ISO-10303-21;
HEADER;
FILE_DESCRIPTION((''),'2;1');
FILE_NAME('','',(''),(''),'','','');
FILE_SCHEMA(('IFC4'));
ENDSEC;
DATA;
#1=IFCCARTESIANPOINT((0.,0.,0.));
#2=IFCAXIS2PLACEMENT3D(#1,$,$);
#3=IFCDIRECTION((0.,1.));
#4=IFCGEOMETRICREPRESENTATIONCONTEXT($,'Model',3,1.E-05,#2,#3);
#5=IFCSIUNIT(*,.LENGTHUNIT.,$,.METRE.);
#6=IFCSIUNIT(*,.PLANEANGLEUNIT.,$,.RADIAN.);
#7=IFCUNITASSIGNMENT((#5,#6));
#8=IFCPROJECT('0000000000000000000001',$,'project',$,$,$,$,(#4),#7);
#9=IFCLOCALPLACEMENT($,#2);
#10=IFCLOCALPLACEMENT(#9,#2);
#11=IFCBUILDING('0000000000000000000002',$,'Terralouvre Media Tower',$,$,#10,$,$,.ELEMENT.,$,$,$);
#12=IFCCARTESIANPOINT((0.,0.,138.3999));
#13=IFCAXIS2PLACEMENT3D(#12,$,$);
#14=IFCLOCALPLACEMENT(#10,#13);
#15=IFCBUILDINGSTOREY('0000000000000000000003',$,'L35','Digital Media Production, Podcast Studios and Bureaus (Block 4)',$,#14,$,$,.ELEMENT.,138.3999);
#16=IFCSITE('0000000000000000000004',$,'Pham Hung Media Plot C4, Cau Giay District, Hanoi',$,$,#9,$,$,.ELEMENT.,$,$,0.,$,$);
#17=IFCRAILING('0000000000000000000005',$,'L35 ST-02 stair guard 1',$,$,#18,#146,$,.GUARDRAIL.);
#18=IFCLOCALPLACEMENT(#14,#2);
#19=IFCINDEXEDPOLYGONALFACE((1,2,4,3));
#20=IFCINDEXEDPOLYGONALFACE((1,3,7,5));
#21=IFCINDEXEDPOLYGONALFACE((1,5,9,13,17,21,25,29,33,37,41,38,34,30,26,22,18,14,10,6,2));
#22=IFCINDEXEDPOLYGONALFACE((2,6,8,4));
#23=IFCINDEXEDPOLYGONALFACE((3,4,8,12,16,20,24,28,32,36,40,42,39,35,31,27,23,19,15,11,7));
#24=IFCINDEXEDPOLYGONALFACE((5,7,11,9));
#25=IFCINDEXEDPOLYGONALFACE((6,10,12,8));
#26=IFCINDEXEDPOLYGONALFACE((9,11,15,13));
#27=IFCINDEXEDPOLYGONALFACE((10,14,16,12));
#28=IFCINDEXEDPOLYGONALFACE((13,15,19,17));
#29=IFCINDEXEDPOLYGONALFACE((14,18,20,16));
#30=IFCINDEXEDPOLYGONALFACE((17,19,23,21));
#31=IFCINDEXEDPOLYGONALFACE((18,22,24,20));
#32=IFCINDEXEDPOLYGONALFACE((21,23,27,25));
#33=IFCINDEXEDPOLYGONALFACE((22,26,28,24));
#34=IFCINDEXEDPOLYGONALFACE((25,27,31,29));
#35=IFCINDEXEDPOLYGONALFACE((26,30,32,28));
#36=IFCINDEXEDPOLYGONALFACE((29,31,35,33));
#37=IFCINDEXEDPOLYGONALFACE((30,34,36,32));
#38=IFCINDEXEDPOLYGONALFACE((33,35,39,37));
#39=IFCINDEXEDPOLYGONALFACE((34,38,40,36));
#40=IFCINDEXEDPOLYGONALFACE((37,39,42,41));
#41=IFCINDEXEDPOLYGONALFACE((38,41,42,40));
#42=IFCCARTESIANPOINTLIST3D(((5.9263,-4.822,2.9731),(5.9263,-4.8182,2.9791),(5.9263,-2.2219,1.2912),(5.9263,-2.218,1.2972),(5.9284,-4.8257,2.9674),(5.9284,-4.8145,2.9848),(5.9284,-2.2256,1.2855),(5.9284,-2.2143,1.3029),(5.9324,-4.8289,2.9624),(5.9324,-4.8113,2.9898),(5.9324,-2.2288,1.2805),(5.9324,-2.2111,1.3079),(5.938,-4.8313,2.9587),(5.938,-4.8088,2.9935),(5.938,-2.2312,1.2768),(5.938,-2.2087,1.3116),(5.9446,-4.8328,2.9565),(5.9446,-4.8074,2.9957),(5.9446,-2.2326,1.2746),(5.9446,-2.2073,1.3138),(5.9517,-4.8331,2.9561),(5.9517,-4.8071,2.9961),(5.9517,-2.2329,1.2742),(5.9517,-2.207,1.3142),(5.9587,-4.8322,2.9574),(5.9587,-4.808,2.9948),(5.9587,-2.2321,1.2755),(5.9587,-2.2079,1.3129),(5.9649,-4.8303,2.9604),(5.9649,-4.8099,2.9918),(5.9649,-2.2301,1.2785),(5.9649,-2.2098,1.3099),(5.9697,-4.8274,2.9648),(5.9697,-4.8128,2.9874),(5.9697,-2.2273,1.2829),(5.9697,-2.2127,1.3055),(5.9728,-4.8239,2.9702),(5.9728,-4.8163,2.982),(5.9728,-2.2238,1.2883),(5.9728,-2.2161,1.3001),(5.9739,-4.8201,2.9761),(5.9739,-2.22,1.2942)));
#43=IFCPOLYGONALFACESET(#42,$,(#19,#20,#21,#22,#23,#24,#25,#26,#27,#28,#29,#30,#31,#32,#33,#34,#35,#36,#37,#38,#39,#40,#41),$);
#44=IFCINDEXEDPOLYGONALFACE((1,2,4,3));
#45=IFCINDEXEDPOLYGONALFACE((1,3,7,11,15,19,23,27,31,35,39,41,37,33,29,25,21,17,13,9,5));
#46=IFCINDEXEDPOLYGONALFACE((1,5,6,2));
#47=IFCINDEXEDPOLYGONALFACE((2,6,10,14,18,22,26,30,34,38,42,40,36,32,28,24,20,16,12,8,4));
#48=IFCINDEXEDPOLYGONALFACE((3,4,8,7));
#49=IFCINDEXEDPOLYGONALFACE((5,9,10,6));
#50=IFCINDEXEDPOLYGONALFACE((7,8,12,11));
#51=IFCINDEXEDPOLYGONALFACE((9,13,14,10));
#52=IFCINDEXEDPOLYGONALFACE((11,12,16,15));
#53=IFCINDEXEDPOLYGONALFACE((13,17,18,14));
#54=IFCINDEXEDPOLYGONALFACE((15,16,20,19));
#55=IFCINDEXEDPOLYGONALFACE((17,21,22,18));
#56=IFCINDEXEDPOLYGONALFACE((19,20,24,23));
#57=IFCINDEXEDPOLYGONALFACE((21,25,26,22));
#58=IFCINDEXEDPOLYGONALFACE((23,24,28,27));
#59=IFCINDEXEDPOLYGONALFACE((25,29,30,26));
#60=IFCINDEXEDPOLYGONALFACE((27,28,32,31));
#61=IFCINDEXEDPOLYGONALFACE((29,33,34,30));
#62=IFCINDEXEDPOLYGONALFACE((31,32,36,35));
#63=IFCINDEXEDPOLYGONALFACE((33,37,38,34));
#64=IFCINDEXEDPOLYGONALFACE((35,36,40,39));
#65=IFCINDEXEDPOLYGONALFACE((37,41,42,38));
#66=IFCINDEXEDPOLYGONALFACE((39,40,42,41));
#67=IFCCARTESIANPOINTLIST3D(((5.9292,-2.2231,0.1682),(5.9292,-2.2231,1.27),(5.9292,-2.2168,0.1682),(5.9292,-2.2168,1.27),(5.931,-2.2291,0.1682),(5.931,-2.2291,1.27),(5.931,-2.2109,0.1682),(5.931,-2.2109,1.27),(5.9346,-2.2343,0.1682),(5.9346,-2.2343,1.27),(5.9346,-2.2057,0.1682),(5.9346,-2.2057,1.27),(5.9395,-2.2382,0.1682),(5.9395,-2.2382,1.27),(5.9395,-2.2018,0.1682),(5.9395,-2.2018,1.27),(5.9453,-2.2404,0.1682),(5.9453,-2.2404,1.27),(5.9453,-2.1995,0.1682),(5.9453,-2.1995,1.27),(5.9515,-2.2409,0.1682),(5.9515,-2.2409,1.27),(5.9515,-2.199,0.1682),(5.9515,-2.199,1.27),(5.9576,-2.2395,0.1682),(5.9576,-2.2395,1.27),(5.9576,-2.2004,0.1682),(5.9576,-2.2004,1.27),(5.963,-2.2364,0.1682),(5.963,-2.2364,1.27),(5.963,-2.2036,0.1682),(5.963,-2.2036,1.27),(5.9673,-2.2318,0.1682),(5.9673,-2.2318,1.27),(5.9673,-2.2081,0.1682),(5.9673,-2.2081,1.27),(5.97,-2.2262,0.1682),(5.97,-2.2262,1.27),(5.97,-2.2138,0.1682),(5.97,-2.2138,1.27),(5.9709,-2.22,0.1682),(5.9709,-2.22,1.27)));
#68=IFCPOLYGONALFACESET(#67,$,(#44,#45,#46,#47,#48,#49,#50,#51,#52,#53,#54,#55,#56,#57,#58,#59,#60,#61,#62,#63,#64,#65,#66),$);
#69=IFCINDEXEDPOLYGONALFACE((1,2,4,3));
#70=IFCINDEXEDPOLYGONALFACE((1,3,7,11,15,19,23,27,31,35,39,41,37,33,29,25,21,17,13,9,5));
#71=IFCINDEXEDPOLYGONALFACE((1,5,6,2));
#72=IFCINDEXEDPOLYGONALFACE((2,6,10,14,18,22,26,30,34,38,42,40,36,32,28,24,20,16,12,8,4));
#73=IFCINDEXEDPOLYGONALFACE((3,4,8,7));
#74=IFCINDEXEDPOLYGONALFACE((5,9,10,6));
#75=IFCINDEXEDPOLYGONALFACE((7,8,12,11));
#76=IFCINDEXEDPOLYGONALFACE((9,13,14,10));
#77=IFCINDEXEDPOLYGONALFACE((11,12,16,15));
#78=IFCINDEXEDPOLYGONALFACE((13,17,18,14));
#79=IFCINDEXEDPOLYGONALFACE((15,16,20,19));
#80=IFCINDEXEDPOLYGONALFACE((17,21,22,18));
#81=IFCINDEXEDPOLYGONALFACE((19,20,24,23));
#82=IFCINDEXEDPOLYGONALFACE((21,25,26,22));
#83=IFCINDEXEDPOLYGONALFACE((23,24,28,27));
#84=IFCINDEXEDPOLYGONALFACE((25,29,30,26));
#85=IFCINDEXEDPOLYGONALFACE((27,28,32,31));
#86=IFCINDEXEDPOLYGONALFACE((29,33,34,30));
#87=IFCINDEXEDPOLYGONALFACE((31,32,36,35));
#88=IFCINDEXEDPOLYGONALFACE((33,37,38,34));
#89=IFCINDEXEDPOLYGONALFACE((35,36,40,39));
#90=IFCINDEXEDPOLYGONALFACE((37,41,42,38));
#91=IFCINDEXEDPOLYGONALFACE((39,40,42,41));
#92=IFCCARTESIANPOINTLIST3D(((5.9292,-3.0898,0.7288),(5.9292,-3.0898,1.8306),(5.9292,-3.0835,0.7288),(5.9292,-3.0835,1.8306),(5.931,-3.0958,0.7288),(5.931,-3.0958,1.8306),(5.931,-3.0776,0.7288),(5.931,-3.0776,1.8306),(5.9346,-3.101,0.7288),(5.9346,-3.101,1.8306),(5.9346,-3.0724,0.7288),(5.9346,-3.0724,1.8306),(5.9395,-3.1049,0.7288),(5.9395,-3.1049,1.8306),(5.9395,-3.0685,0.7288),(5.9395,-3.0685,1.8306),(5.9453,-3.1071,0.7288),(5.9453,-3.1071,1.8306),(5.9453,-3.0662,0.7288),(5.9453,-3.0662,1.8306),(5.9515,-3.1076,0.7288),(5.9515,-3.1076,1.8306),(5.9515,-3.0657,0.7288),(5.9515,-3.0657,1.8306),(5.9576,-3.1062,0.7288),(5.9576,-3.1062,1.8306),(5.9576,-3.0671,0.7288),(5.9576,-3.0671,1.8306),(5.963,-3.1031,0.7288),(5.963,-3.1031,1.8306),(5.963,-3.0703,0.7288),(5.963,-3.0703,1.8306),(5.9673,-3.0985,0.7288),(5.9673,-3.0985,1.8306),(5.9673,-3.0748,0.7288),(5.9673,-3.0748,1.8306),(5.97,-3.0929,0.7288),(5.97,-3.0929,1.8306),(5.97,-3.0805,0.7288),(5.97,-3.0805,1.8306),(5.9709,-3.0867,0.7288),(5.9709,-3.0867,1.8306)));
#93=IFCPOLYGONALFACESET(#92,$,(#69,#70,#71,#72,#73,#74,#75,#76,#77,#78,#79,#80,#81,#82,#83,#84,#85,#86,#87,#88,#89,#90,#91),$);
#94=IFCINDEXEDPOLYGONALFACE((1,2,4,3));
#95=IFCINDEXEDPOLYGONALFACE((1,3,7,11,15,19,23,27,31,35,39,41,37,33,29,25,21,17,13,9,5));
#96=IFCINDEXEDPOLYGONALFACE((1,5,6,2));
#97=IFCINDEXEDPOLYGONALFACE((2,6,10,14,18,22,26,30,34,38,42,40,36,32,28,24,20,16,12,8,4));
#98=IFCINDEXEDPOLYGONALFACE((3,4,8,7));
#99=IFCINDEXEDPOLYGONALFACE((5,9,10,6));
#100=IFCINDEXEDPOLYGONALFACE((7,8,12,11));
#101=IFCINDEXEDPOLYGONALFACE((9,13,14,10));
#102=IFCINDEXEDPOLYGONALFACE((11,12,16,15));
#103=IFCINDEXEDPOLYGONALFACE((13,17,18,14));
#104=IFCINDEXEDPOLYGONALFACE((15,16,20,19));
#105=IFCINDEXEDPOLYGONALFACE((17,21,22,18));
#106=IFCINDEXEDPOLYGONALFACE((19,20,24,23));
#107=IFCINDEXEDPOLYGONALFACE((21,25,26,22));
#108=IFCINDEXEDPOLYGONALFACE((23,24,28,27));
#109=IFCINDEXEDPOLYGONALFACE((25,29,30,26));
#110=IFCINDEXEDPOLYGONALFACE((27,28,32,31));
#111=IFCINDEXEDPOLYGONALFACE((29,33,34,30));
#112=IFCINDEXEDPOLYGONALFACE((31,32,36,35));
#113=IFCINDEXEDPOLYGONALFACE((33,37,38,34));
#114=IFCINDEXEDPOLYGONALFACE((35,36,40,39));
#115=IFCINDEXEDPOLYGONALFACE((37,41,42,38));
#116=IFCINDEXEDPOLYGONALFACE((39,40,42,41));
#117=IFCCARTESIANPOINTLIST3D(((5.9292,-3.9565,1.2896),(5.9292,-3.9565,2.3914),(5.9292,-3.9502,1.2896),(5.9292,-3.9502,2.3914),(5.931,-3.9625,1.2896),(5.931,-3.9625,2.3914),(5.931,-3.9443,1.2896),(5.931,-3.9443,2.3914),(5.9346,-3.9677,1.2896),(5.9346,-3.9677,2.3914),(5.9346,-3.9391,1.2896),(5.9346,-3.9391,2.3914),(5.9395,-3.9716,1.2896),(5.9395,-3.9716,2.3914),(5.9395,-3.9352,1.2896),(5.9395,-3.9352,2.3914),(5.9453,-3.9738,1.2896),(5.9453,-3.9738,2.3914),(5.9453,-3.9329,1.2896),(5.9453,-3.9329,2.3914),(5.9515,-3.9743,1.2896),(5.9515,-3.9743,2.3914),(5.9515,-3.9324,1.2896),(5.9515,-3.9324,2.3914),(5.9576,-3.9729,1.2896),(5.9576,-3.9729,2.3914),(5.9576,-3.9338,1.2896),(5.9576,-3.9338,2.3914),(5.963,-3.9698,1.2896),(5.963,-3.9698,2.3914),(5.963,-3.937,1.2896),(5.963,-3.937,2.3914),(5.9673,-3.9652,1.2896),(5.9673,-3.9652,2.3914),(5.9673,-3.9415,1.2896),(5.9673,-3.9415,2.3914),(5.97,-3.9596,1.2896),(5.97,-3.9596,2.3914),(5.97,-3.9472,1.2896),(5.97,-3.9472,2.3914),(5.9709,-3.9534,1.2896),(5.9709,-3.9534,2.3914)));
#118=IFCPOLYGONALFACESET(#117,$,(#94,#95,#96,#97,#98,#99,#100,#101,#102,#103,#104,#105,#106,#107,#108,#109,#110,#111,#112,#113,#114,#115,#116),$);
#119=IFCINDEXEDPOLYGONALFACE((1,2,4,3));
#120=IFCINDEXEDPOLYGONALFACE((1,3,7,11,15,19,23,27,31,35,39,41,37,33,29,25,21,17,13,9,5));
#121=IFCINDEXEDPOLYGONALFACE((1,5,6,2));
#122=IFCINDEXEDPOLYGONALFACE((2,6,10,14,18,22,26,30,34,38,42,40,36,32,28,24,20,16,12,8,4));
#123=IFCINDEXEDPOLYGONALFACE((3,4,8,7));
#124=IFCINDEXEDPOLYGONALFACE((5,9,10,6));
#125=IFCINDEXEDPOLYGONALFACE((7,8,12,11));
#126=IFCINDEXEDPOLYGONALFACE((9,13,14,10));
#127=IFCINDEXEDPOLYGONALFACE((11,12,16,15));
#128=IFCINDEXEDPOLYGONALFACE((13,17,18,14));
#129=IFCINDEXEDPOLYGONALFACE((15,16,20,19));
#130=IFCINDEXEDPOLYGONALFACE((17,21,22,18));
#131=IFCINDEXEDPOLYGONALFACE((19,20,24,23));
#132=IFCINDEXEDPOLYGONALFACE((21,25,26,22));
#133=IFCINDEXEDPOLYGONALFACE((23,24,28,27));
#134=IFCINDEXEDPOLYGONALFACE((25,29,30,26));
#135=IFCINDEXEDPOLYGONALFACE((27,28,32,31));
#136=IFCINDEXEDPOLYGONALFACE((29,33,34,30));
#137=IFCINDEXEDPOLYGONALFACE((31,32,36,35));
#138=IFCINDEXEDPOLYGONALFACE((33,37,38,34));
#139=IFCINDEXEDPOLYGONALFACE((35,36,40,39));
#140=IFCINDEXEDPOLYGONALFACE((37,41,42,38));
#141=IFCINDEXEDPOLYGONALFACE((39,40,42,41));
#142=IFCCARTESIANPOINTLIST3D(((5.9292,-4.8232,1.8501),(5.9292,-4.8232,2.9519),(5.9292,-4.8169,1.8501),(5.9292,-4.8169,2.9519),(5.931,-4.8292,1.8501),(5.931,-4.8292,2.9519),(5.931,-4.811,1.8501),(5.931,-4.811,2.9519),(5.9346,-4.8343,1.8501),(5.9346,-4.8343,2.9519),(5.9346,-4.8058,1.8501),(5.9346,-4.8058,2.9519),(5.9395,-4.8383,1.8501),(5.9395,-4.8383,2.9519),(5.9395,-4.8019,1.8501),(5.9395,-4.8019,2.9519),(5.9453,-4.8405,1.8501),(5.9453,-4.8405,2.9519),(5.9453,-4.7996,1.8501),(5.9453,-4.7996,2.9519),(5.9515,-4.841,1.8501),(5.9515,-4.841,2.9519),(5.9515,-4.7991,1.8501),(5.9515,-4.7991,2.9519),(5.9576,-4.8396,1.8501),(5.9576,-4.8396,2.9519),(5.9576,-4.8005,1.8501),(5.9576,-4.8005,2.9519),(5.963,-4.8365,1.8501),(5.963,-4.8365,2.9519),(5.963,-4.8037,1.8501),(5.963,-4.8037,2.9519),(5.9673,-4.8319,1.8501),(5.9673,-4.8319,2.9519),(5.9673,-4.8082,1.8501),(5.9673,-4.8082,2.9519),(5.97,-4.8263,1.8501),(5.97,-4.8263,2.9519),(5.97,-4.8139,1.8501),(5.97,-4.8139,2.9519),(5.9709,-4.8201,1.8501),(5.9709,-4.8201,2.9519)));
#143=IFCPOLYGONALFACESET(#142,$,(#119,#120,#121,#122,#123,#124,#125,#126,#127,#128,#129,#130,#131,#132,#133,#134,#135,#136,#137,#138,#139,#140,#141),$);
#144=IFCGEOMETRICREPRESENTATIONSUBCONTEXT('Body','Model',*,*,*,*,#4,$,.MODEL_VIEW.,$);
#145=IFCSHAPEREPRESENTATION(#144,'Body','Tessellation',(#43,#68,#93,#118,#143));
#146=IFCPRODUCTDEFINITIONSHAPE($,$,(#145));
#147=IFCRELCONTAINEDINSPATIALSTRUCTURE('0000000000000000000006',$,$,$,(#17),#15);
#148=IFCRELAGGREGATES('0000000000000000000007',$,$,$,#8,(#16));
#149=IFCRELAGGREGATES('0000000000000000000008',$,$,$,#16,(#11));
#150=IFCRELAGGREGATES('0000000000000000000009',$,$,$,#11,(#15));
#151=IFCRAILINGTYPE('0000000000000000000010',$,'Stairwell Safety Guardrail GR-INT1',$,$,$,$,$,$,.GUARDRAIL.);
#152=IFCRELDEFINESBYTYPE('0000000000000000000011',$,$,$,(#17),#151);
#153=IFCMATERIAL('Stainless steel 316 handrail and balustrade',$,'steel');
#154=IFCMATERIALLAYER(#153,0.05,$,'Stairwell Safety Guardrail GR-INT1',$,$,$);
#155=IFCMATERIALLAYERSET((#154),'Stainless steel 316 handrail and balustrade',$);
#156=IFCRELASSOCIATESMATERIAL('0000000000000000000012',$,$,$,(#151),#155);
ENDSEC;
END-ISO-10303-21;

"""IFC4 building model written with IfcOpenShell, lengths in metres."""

from ifc_helpers import new_model, si_unit, direction, frame, origin, origin_2d, place, context, subcontext, project, spatial, circle, extrude, material, layer, layer_set, type_object, element, save


model = new_model("IFC4")

# Units and contexts
model_context = context("Model", 3, precision=1e-05, world=origin(), true_north=direction((0.0, 1.0)))
body_context = subcontext(model_context, "Body", "Model", "MODEL_VIEW")
ifc_project = project(units=[si_unit("LENGTHUNIT", "METRE"), si_unit("PLANEANGLEUNIT", "RADIAN")], contexts=[model_context])

# Site, building, storey
site_placement = place(None, origin())
site = spatial("IfcSite", under=ifc_project, at=site_placement, Name="Pham Hung Media Plot C4, Cau Giay District, Hanoi", CompositionType="ELEMENT", RefElevation=0.0)
building_placement = place(site_placement, origin())
building = spatial("IfcBuilding", under=site, at=building_placement, Name="Terralouvre Media Tower", CompositionType="ELEMENT")
storey_placement = place(building_placement, frame((0.0, 0.0, 138.3999)))
storey = spatial("IfcBuildingStorey", under=building, at=storey_placement, Name="L35", Description="Digital Media Production, Podcast Studios and Bureaus (Block 4)", CompositionType="ELEMENT", Elevation=138.3999)

# Railing
ifc_material_1 = material(Name="Stainless steel 316 handrail and balustrade", Category="steel")
ifc_layer_1 = layer(ifc_material_1, 0.05, Name="Stairwell Safety Guardrail GR-INT1")
ifc_layer_set_1 = layer_set([ifc_layer_1], Name="Stainless steel 316 handrail and balustrade")
railing_type_1 = type_object("IfcRailingType", Name="Stairwell Safety Guardrail GR-INT1", PredefinedType="GUARDRAIL", material=ifc_layer_set_1)
railing_1_placement = place(storey_placement, frame((5.95, -2.22, 0.1682)))
element("IfcRailing", 1, at=railing_1_placement, inside=storey, type_object=railing_type_1, Name="L35 ST-02 stair guard 1", PredefinedType="GUARDRAIL", context=body_context, shape_type="SweptSolid", body=[
    extrude(circle(Radius=0.0239, at=origin_2d()), frame((0.0, 0.0, 1.126), z_axis=(0.0, -0.839648, 0.54313), x_axis=(1.0, 0.0, 0.0)), (0.0, 0.0, 1.0), 3.0967),
    extrude(circle(Radius=0.021, at=origin_2d()), origin(), (0.0, 0.0, 1.0), 1.1018),
    extrude(circle(Radius=0.021, at=origin_2d()), frame((0.0, -0.8667, 0.5605)), (0.0, 0.0, 1.0), 1.1018),
    extrude(circle(Radius=0.021, at=origin_2d()), frame((0.0, -1.7334, 1.1213)), (0.0, 0.0, 1.0), 1.1018),
    extrude(circle(Radius=0.021, at=origin_2d()), frame((0.0, -2.6001, 1.6819)), (0.0, 0.0, 1.0), 1.1018),
])

save(model, "model.ifc")
